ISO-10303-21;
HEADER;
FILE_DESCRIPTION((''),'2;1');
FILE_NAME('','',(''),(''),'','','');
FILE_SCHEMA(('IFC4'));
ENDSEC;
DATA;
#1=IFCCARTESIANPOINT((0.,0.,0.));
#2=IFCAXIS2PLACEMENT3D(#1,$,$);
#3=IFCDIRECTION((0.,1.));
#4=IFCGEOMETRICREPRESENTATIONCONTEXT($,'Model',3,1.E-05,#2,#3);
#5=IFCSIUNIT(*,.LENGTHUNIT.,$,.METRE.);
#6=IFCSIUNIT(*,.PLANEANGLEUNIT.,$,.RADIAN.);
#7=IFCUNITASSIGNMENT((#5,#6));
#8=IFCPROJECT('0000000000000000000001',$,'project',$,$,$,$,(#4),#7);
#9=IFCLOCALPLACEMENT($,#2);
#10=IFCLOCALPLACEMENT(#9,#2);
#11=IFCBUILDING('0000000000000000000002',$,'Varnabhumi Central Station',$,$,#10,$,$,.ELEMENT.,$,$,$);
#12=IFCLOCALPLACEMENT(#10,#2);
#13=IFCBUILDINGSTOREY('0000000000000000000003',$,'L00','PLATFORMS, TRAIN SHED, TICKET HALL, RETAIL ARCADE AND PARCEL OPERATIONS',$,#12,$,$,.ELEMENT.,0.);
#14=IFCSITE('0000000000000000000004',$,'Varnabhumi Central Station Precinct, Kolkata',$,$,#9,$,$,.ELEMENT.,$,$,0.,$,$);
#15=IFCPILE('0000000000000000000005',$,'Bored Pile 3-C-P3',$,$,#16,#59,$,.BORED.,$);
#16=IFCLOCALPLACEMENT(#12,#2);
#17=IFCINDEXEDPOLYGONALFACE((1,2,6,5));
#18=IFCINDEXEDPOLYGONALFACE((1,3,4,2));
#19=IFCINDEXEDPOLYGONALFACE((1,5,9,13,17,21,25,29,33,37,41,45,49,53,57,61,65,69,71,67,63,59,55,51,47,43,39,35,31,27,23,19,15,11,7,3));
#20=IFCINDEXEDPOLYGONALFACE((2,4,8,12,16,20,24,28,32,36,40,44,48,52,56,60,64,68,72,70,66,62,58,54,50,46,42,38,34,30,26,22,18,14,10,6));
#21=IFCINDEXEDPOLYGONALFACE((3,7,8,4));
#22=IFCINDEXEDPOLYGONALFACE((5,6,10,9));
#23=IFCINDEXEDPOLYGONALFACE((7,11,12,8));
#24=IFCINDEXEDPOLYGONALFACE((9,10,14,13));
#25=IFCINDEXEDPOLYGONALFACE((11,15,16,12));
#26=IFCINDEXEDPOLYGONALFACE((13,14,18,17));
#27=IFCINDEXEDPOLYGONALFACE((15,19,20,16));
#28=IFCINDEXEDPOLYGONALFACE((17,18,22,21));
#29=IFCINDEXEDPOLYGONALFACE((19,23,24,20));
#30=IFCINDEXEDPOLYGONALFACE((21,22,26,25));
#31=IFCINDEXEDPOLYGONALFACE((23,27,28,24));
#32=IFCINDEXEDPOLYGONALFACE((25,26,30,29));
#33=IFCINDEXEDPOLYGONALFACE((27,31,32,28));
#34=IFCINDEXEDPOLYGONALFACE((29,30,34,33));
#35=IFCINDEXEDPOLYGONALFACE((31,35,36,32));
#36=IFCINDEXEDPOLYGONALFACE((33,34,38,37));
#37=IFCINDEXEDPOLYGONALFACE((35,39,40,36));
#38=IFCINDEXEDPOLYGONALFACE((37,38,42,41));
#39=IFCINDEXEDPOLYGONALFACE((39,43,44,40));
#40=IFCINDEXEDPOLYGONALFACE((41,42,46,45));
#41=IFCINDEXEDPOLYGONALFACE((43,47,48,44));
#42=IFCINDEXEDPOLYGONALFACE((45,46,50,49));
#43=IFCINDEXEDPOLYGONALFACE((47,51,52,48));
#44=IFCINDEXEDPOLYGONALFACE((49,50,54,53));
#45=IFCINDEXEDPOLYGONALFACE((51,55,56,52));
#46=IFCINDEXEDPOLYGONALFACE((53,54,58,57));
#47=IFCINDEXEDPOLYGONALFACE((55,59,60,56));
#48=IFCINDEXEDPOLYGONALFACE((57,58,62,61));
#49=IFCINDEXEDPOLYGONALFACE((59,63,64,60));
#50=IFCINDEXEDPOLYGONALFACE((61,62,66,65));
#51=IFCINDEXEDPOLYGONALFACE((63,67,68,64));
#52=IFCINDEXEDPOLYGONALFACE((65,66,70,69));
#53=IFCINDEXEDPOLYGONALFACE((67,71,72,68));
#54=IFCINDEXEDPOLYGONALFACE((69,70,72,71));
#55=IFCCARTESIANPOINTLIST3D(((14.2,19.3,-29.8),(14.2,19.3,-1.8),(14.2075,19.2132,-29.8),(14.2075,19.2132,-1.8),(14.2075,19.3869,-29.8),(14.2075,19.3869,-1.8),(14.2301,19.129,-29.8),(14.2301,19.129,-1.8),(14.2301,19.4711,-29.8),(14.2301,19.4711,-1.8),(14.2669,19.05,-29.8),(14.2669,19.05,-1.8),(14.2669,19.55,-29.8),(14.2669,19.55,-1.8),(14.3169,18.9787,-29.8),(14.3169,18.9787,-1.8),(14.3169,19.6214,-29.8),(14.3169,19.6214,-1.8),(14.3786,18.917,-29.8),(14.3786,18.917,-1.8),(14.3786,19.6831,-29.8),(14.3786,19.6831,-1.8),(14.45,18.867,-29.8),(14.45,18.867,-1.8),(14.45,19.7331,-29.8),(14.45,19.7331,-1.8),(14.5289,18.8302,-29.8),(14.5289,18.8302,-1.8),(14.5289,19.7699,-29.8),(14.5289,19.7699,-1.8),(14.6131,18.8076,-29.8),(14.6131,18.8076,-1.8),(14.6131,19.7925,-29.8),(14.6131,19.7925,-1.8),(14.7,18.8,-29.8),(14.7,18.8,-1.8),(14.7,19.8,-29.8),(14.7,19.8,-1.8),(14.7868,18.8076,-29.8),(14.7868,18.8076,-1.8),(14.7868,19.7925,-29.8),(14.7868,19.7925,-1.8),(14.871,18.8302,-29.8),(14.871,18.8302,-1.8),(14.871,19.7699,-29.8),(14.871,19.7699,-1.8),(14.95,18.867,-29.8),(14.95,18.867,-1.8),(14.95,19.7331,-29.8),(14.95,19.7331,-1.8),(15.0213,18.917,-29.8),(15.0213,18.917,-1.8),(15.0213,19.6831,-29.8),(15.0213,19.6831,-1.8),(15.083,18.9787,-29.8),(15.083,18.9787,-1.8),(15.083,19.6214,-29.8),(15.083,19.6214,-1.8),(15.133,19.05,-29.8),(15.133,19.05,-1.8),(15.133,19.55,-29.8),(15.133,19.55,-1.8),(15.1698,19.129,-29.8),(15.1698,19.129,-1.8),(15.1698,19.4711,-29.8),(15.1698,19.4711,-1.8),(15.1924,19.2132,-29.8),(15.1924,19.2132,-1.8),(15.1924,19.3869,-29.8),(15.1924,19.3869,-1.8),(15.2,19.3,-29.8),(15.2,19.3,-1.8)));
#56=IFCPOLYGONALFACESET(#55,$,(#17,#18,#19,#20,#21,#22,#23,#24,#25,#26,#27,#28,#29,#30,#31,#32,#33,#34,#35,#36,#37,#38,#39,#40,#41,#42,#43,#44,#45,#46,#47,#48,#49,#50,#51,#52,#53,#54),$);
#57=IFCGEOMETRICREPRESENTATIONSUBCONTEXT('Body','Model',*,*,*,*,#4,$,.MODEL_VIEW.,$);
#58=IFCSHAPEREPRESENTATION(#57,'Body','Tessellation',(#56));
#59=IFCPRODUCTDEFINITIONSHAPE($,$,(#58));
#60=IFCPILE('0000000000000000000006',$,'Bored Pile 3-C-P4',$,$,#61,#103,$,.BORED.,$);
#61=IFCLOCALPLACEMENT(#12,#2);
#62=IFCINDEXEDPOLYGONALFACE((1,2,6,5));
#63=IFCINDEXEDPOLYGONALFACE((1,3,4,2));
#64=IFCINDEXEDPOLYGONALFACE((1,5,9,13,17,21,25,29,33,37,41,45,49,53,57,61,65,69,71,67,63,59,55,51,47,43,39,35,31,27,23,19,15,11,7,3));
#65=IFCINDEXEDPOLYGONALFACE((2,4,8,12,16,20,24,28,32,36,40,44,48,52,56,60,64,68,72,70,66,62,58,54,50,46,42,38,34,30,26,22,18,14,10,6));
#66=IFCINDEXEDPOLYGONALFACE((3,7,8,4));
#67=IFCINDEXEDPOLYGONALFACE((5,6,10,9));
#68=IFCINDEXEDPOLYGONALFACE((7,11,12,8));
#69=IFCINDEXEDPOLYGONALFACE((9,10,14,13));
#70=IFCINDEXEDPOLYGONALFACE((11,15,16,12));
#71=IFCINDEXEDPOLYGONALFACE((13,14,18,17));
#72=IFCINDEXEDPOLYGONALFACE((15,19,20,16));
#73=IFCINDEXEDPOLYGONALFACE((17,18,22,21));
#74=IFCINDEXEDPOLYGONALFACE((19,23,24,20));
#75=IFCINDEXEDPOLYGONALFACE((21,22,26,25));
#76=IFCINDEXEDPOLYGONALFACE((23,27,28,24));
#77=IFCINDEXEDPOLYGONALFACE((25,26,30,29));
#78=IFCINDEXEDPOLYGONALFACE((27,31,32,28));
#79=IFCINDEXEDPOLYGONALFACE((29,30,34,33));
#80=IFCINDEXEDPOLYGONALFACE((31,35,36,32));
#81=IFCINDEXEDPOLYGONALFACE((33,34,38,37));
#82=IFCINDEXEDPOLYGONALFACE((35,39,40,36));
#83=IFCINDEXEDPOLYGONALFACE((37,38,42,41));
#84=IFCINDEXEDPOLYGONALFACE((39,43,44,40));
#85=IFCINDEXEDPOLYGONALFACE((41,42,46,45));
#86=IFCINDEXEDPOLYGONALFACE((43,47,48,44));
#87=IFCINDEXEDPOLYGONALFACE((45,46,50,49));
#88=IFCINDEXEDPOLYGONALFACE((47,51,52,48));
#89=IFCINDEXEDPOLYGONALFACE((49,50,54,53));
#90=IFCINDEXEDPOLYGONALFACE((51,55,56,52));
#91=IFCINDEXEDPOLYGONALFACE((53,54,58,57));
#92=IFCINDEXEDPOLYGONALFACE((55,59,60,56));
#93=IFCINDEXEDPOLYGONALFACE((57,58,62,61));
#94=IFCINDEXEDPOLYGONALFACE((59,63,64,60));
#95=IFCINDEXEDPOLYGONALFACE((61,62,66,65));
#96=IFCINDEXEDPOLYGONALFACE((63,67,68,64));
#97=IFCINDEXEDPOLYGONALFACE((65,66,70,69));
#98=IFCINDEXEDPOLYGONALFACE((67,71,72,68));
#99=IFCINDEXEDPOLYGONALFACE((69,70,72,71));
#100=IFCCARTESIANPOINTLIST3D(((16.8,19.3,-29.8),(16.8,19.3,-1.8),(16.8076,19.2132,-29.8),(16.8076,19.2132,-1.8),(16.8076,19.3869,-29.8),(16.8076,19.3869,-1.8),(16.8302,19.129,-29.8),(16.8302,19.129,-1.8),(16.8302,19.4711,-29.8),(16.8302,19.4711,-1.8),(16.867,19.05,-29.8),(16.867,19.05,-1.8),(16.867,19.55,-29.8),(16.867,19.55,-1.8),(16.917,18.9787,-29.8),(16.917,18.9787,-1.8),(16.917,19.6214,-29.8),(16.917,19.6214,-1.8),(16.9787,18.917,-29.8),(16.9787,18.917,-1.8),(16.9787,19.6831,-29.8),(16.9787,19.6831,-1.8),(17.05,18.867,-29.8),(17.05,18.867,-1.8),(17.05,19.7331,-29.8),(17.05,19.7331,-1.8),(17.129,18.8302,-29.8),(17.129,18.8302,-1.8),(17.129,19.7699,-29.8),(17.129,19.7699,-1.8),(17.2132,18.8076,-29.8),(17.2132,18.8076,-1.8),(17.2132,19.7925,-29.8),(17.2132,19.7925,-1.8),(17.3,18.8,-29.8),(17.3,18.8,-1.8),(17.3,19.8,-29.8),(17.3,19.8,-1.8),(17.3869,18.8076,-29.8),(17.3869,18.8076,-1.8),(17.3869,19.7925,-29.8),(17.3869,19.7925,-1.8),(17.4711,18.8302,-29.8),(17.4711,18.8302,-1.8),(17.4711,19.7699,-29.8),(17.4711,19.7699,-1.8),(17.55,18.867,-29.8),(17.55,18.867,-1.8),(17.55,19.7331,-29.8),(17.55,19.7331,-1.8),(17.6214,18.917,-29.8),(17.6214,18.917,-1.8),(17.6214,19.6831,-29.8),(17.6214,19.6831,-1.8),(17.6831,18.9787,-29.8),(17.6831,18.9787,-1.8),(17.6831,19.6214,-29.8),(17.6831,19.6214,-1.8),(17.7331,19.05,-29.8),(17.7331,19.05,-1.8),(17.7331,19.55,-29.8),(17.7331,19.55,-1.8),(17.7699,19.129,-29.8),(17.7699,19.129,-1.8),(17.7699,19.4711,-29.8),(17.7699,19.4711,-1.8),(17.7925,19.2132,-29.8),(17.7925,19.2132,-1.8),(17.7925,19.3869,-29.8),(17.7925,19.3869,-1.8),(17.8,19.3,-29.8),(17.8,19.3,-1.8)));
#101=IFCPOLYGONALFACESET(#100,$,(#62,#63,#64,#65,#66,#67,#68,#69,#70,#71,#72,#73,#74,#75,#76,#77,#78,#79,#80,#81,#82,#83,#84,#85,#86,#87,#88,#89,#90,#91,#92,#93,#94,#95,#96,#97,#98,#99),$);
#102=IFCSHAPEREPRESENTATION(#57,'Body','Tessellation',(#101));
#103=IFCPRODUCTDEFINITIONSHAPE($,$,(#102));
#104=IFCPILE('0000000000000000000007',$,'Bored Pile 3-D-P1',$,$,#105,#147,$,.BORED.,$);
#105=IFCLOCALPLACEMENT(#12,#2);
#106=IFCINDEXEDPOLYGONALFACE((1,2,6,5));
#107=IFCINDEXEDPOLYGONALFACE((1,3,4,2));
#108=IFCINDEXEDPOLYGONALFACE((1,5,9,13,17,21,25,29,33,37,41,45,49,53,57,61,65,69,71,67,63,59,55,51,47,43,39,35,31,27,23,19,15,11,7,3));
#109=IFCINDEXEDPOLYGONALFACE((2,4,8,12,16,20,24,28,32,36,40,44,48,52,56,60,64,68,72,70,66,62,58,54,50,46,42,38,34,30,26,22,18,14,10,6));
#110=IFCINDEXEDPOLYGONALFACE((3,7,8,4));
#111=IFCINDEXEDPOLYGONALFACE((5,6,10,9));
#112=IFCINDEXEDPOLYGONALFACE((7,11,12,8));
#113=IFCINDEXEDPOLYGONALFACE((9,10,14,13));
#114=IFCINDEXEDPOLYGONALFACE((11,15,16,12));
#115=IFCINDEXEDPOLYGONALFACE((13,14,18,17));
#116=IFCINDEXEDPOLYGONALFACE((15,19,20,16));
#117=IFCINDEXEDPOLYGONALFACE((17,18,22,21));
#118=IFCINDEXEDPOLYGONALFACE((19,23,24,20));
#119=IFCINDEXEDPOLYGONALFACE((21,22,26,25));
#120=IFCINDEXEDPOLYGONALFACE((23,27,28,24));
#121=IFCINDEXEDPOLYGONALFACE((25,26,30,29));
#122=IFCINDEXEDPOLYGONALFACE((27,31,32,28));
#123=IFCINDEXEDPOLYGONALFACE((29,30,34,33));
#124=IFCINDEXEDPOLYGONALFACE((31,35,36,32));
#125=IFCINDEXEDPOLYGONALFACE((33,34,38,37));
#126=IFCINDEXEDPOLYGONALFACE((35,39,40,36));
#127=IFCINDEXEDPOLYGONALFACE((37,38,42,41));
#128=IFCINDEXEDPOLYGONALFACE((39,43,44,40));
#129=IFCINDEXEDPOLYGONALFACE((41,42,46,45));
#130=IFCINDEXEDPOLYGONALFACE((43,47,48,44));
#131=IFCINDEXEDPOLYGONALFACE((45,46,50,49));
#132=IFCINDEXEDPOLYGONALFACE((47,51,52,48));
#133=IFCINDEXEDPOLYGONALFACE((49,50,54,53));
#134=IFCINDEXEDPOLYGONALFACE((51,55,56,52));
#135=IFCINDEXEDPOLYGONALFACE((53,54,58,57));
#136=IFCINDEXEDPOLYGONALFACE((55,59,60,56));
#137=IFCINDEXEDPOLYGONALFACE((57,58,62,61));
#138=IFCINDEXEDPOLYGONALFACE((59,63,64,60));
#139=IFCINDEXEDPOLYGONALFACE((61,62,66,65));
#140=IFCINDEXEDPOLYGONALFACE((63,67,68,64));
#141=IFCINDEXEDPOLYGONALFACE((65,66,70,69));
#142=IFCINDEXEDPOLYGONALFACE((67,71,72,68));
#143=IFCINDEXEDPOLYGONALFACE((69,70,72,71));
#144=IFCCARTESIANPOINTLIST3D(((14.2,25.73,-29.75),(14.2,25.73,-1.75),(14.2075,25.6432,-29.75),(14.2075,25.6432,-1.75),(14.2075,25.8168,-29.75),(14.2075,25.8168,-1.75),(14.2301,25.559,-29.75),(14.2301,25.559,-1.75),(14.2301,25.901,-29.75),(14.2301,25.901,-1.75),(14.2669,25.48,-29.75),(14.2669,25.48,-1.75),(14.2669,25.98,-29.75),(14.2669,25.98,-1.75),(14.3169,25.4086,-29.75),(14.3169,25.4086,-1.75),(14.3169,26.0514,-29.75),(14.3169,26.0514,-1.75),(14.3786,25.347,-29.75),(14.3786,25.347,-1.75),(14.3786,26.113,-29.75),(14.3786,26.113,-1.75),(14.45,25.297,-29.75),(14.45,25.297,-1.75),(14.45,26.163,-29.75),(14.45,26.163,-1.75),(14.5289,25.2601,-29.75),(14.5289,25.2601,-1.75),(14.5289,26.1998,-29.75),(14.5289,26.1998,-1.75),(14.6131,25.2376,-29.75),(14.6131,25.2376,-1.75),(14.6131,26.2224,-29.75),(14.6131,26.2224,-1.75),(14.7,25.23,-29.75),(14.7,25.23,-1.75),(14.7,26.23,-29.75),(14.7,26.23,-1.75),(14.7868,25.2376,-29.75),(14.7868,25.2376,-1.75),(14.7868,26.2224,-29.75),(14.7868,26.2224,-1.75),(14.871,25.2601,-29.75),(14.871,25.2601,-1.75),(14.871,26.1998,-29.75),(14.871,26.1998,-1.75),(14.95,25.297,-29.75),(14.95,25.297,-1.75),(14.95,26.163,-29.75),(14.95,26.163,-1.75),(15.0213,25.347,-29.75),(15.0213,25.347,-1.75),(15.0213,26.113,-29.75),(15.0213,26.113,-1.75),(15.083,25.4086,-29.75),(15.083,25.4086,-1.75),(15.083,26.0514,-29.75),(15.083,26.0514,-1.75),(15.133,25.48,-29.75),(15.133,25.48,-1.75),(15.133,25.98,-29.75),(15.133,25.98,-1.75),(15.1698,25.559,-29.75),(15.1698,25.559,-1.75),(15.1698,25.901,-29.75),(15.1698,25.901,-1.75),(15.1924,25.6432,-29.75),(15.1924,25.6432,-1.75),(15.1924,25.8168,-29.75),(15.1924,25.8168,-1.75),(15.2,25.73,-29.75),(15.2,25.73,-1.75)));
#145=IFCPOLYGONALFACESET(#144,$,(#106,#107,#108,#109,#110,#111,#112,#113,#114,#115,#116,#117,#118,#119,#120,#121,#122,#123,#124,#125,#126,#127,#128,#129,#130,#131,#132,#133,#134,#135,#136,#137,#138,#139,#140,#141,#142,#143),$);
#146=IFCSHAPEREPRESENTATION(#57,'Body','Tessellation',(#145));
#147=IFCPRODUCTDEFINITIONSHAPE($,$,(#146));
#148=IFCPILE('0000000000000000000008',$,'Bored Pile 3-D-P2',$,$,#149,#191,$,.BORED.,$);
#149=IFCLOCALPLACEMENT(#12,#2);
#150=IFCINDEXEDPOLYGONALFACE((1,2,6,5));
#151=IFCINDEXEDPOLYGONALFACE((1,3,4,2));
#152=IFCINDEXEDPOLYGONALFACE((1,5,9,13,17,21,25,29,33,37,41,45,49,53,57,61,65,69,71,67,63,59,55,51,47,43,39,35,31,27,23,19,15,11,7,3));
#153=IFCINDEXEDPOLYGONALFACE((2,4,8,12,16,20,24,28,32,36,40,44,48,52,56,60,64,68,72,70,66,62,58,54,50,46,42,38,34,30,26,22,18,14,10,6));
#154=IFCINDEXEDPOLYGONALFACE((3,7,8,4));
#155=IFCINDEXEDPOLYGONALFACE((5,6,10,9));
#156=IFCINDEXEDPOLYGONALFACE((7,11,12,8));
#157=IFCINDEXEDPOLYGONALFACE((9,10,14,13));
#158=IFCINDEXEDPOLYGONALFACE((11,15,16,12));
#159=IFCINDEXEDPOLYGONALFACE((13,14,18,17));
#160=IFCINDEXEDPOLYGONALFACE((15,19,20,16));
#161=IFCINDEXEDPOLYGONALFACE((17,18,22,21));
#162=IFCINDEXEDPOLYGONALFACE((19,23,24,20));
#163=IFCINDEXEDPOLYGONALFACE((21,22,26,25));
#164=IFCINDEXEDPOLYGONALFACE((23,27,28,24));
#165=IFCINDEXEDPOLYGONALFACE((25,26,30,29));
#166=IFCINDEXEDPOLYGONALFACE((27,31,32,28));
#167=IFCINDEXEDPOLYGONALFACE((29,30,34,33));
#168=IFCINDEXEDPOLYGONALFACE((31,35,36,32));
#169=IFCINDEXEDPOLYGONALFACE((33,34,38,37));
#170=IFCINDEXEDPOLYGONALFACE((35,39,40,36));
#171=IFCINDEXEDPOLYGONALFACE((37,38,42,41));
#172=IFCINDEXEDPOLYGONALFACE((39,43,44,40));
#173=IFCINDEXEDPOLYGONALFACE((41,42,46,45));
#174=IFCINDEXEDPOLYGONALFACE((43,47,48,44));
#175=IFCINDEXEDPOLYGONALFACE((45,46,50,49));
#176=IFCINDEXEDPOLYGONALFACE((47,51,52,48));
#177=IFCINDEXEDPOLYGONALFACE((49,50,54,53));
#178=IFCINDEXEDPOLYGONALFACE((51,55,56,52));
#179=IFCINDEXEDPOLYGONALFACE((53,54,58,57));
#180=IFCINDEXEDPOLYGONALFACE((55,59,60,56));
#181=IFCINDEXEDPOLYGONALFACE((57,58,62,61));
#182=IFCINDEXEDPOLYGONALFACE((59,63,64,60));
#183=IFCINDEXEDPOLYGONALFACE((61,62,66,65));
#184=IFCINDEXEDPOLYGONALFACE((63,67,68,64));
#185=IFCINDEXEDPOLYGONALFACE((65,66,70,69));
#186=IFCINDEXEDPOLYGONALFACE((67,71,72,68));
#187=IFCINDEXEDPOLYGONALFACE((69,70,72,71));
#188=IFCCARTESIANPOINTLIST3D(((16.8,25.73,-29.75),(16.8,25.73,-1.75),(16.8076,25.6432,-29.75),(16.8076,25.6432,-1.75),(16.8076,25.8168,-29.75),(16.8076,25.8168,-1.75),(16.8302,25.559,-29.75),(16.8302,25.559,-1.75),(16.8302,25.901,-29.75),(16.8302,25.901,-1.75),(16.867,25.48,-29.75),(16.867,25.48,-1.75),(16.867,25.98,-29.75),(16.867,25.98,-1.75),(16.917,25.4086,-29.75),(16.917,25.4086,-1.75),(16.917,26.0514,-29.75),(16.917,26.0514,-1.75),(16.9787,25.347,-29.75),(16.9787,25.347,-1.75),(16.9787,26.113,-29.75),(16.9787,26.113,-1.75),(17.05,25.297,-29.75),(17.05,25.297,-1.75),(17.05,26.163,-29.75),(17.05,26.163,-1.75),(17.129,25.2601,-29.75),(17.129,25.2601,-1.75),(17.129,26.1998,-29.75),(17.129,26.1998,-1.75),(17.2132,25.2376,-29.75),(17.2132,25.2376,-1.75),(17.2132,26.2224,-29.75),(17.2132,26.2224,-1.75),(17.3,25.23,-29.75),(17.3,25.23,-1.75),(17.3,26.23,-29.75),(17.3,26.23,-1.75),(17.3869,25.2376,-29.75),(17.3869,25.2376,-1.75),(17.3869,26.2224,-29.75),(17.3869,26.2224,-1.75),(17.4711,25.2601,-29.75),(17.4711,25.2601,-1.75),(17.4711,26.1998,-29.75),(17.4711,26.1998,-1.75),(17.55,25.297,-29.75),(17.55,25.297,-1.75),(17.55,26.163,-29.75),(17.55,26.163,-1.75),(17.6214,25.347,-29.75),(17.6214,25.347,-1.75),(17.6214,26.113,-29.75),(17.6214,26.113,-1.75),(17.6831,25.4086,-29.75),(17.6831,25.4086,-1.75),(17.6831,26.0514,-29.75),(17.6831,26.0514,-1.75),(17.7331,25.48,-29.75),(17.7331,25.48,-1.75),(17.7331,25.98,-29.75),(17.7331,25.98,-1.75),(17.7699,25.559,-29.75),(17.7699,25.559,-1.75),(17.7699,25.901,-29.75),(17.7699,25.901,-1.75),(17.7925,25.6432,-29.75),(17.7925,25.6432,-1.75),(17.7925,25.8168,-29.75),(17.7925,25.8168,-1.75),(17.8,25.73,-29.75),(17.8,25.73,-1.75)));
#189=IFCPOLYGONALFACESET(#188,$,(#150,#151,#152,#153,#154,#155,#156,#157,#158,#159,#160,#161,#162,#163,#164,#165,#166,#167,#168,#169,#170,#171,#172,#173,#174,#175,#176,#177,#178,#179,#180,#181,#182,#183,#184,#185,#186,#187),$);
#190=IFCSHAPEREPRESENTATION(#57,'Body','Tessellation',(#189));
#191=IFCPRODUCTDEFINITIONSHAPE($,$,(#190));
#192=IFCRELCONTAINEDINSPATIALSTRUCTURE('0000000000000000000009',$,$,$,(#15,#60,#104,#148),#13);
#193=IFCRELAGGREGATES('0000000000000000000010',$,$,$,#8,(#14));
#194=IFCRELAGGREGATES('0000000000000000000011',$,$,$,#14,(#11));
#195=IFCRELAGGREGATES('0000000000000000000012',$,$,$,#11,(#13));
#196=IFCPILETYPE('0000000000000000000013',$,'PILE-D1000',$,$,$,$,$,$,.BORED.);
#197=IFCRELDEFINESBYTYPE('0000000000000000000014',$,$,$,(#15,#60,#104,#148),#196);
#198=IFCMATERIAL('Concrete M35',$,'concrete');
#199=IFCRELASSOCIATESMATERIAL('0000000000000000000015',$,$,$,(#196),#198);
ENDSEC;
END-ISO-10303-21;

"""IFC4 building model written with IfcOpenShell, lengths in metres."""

from ifc_helpers import new_model, si_unit, direction, frame, origin, origin_2d, place, context, subcontext, project, spatial, circle, extrude, material, material_profile, profile_set, type_object, element, save


model = new_model("IFC4")

# Units and contexts
model_context = context("Model", 3, precision=1e-05, world=origin(), true_north=direction((0.0, 1.0)))
body_context = subcontext(model_context, "Body", "Model", "MODEL_VIEW")
ifc_project = project(units=[si_unit("LENGTHUNIT", "METRE"), si_unit("PLANEANGLEUNIT", "RADIAN")], contexts=[model_context])

# Site, building, storey
site_placement = place(None, origin())
site = spatial("IfcSite", under=ifc_project, at=site_placement, Name="Varnabhumi Central Station Precinct, Kolkata", CompositionType="ELEMENT", RefElevation=0.0)
building_placement = place(site_placement, origin())
building = spatial("IfcBuilding", under=site, at=building_placement, Name="Varnabhumi Central Station", CompositionType="ELEMENT")
storey_placement = place(building_placement, origin())
storey = spatial("IfcBuildingStorey", under=building, at=storey_placement, Name="L00", Description="PLATFORMS, TRAIN SHED, TICKET HALL, RETAIL ARCADE AND PARCEL OPERATIONS", CompositionType="ELEMENT", Elevation=0.0)

# Piles
ifc_material_1 = material(Name="Concrete M35", Category="concrete")
ifc_material_profile_1 = material_profile(ifc_material_1, circle(Radius=0.5, at=origin_2d()), Name="Concrete M35", Category="concrete")
ifc_profile_set_1 = profile_set([ifc_material_profile_1], Name="Concrete M35")
pile_type_1 = type_object("IfcPileType", Name="PILE-D1000", PredefinedType="BORED", material=ifc_profile_set_1)
for number, where, z_axis, x_axis, name in (
    (1, (14.7, 19.3, -1.8), (0.0, 0.0, -1.0), (1.0, 0.0, 0.0), "Bored Pile 3-C-P3"),
    (2, (17.3, 19.3, -1.8), (0.0, 0.0, -1.0), (1.0, 0.0, 0.0), "Bored Pile 3-C-P4"),
    (3, (14.7, 25.73, -1.75), (0.0, 0.0, -1.0), (1.0, 0.0, 0.0), "Bored Pile 3-D-P1"),
    (4, (17.3, 25.73, -1.75), (0.0, 0.0, -1.0), (1.0, 0.0, 0.0), "Bored Pile 3-D-P2"),
):
    element("IfcPile", number, at=place(storey_placement, frame(where, z_axis=z_axis, x_axis=x_axis)), inside=storey, type_object=pile_type_1, Name=name, PredefinedType="BORED", context=body_context, shape_type="SweptSolid", body=[
        extrude(circle(Radius=0.5, at=origin_2d()), origin(), (0.0, 0.0, 1.0), 28.0),
    ])

save(model, "model.ifc")
